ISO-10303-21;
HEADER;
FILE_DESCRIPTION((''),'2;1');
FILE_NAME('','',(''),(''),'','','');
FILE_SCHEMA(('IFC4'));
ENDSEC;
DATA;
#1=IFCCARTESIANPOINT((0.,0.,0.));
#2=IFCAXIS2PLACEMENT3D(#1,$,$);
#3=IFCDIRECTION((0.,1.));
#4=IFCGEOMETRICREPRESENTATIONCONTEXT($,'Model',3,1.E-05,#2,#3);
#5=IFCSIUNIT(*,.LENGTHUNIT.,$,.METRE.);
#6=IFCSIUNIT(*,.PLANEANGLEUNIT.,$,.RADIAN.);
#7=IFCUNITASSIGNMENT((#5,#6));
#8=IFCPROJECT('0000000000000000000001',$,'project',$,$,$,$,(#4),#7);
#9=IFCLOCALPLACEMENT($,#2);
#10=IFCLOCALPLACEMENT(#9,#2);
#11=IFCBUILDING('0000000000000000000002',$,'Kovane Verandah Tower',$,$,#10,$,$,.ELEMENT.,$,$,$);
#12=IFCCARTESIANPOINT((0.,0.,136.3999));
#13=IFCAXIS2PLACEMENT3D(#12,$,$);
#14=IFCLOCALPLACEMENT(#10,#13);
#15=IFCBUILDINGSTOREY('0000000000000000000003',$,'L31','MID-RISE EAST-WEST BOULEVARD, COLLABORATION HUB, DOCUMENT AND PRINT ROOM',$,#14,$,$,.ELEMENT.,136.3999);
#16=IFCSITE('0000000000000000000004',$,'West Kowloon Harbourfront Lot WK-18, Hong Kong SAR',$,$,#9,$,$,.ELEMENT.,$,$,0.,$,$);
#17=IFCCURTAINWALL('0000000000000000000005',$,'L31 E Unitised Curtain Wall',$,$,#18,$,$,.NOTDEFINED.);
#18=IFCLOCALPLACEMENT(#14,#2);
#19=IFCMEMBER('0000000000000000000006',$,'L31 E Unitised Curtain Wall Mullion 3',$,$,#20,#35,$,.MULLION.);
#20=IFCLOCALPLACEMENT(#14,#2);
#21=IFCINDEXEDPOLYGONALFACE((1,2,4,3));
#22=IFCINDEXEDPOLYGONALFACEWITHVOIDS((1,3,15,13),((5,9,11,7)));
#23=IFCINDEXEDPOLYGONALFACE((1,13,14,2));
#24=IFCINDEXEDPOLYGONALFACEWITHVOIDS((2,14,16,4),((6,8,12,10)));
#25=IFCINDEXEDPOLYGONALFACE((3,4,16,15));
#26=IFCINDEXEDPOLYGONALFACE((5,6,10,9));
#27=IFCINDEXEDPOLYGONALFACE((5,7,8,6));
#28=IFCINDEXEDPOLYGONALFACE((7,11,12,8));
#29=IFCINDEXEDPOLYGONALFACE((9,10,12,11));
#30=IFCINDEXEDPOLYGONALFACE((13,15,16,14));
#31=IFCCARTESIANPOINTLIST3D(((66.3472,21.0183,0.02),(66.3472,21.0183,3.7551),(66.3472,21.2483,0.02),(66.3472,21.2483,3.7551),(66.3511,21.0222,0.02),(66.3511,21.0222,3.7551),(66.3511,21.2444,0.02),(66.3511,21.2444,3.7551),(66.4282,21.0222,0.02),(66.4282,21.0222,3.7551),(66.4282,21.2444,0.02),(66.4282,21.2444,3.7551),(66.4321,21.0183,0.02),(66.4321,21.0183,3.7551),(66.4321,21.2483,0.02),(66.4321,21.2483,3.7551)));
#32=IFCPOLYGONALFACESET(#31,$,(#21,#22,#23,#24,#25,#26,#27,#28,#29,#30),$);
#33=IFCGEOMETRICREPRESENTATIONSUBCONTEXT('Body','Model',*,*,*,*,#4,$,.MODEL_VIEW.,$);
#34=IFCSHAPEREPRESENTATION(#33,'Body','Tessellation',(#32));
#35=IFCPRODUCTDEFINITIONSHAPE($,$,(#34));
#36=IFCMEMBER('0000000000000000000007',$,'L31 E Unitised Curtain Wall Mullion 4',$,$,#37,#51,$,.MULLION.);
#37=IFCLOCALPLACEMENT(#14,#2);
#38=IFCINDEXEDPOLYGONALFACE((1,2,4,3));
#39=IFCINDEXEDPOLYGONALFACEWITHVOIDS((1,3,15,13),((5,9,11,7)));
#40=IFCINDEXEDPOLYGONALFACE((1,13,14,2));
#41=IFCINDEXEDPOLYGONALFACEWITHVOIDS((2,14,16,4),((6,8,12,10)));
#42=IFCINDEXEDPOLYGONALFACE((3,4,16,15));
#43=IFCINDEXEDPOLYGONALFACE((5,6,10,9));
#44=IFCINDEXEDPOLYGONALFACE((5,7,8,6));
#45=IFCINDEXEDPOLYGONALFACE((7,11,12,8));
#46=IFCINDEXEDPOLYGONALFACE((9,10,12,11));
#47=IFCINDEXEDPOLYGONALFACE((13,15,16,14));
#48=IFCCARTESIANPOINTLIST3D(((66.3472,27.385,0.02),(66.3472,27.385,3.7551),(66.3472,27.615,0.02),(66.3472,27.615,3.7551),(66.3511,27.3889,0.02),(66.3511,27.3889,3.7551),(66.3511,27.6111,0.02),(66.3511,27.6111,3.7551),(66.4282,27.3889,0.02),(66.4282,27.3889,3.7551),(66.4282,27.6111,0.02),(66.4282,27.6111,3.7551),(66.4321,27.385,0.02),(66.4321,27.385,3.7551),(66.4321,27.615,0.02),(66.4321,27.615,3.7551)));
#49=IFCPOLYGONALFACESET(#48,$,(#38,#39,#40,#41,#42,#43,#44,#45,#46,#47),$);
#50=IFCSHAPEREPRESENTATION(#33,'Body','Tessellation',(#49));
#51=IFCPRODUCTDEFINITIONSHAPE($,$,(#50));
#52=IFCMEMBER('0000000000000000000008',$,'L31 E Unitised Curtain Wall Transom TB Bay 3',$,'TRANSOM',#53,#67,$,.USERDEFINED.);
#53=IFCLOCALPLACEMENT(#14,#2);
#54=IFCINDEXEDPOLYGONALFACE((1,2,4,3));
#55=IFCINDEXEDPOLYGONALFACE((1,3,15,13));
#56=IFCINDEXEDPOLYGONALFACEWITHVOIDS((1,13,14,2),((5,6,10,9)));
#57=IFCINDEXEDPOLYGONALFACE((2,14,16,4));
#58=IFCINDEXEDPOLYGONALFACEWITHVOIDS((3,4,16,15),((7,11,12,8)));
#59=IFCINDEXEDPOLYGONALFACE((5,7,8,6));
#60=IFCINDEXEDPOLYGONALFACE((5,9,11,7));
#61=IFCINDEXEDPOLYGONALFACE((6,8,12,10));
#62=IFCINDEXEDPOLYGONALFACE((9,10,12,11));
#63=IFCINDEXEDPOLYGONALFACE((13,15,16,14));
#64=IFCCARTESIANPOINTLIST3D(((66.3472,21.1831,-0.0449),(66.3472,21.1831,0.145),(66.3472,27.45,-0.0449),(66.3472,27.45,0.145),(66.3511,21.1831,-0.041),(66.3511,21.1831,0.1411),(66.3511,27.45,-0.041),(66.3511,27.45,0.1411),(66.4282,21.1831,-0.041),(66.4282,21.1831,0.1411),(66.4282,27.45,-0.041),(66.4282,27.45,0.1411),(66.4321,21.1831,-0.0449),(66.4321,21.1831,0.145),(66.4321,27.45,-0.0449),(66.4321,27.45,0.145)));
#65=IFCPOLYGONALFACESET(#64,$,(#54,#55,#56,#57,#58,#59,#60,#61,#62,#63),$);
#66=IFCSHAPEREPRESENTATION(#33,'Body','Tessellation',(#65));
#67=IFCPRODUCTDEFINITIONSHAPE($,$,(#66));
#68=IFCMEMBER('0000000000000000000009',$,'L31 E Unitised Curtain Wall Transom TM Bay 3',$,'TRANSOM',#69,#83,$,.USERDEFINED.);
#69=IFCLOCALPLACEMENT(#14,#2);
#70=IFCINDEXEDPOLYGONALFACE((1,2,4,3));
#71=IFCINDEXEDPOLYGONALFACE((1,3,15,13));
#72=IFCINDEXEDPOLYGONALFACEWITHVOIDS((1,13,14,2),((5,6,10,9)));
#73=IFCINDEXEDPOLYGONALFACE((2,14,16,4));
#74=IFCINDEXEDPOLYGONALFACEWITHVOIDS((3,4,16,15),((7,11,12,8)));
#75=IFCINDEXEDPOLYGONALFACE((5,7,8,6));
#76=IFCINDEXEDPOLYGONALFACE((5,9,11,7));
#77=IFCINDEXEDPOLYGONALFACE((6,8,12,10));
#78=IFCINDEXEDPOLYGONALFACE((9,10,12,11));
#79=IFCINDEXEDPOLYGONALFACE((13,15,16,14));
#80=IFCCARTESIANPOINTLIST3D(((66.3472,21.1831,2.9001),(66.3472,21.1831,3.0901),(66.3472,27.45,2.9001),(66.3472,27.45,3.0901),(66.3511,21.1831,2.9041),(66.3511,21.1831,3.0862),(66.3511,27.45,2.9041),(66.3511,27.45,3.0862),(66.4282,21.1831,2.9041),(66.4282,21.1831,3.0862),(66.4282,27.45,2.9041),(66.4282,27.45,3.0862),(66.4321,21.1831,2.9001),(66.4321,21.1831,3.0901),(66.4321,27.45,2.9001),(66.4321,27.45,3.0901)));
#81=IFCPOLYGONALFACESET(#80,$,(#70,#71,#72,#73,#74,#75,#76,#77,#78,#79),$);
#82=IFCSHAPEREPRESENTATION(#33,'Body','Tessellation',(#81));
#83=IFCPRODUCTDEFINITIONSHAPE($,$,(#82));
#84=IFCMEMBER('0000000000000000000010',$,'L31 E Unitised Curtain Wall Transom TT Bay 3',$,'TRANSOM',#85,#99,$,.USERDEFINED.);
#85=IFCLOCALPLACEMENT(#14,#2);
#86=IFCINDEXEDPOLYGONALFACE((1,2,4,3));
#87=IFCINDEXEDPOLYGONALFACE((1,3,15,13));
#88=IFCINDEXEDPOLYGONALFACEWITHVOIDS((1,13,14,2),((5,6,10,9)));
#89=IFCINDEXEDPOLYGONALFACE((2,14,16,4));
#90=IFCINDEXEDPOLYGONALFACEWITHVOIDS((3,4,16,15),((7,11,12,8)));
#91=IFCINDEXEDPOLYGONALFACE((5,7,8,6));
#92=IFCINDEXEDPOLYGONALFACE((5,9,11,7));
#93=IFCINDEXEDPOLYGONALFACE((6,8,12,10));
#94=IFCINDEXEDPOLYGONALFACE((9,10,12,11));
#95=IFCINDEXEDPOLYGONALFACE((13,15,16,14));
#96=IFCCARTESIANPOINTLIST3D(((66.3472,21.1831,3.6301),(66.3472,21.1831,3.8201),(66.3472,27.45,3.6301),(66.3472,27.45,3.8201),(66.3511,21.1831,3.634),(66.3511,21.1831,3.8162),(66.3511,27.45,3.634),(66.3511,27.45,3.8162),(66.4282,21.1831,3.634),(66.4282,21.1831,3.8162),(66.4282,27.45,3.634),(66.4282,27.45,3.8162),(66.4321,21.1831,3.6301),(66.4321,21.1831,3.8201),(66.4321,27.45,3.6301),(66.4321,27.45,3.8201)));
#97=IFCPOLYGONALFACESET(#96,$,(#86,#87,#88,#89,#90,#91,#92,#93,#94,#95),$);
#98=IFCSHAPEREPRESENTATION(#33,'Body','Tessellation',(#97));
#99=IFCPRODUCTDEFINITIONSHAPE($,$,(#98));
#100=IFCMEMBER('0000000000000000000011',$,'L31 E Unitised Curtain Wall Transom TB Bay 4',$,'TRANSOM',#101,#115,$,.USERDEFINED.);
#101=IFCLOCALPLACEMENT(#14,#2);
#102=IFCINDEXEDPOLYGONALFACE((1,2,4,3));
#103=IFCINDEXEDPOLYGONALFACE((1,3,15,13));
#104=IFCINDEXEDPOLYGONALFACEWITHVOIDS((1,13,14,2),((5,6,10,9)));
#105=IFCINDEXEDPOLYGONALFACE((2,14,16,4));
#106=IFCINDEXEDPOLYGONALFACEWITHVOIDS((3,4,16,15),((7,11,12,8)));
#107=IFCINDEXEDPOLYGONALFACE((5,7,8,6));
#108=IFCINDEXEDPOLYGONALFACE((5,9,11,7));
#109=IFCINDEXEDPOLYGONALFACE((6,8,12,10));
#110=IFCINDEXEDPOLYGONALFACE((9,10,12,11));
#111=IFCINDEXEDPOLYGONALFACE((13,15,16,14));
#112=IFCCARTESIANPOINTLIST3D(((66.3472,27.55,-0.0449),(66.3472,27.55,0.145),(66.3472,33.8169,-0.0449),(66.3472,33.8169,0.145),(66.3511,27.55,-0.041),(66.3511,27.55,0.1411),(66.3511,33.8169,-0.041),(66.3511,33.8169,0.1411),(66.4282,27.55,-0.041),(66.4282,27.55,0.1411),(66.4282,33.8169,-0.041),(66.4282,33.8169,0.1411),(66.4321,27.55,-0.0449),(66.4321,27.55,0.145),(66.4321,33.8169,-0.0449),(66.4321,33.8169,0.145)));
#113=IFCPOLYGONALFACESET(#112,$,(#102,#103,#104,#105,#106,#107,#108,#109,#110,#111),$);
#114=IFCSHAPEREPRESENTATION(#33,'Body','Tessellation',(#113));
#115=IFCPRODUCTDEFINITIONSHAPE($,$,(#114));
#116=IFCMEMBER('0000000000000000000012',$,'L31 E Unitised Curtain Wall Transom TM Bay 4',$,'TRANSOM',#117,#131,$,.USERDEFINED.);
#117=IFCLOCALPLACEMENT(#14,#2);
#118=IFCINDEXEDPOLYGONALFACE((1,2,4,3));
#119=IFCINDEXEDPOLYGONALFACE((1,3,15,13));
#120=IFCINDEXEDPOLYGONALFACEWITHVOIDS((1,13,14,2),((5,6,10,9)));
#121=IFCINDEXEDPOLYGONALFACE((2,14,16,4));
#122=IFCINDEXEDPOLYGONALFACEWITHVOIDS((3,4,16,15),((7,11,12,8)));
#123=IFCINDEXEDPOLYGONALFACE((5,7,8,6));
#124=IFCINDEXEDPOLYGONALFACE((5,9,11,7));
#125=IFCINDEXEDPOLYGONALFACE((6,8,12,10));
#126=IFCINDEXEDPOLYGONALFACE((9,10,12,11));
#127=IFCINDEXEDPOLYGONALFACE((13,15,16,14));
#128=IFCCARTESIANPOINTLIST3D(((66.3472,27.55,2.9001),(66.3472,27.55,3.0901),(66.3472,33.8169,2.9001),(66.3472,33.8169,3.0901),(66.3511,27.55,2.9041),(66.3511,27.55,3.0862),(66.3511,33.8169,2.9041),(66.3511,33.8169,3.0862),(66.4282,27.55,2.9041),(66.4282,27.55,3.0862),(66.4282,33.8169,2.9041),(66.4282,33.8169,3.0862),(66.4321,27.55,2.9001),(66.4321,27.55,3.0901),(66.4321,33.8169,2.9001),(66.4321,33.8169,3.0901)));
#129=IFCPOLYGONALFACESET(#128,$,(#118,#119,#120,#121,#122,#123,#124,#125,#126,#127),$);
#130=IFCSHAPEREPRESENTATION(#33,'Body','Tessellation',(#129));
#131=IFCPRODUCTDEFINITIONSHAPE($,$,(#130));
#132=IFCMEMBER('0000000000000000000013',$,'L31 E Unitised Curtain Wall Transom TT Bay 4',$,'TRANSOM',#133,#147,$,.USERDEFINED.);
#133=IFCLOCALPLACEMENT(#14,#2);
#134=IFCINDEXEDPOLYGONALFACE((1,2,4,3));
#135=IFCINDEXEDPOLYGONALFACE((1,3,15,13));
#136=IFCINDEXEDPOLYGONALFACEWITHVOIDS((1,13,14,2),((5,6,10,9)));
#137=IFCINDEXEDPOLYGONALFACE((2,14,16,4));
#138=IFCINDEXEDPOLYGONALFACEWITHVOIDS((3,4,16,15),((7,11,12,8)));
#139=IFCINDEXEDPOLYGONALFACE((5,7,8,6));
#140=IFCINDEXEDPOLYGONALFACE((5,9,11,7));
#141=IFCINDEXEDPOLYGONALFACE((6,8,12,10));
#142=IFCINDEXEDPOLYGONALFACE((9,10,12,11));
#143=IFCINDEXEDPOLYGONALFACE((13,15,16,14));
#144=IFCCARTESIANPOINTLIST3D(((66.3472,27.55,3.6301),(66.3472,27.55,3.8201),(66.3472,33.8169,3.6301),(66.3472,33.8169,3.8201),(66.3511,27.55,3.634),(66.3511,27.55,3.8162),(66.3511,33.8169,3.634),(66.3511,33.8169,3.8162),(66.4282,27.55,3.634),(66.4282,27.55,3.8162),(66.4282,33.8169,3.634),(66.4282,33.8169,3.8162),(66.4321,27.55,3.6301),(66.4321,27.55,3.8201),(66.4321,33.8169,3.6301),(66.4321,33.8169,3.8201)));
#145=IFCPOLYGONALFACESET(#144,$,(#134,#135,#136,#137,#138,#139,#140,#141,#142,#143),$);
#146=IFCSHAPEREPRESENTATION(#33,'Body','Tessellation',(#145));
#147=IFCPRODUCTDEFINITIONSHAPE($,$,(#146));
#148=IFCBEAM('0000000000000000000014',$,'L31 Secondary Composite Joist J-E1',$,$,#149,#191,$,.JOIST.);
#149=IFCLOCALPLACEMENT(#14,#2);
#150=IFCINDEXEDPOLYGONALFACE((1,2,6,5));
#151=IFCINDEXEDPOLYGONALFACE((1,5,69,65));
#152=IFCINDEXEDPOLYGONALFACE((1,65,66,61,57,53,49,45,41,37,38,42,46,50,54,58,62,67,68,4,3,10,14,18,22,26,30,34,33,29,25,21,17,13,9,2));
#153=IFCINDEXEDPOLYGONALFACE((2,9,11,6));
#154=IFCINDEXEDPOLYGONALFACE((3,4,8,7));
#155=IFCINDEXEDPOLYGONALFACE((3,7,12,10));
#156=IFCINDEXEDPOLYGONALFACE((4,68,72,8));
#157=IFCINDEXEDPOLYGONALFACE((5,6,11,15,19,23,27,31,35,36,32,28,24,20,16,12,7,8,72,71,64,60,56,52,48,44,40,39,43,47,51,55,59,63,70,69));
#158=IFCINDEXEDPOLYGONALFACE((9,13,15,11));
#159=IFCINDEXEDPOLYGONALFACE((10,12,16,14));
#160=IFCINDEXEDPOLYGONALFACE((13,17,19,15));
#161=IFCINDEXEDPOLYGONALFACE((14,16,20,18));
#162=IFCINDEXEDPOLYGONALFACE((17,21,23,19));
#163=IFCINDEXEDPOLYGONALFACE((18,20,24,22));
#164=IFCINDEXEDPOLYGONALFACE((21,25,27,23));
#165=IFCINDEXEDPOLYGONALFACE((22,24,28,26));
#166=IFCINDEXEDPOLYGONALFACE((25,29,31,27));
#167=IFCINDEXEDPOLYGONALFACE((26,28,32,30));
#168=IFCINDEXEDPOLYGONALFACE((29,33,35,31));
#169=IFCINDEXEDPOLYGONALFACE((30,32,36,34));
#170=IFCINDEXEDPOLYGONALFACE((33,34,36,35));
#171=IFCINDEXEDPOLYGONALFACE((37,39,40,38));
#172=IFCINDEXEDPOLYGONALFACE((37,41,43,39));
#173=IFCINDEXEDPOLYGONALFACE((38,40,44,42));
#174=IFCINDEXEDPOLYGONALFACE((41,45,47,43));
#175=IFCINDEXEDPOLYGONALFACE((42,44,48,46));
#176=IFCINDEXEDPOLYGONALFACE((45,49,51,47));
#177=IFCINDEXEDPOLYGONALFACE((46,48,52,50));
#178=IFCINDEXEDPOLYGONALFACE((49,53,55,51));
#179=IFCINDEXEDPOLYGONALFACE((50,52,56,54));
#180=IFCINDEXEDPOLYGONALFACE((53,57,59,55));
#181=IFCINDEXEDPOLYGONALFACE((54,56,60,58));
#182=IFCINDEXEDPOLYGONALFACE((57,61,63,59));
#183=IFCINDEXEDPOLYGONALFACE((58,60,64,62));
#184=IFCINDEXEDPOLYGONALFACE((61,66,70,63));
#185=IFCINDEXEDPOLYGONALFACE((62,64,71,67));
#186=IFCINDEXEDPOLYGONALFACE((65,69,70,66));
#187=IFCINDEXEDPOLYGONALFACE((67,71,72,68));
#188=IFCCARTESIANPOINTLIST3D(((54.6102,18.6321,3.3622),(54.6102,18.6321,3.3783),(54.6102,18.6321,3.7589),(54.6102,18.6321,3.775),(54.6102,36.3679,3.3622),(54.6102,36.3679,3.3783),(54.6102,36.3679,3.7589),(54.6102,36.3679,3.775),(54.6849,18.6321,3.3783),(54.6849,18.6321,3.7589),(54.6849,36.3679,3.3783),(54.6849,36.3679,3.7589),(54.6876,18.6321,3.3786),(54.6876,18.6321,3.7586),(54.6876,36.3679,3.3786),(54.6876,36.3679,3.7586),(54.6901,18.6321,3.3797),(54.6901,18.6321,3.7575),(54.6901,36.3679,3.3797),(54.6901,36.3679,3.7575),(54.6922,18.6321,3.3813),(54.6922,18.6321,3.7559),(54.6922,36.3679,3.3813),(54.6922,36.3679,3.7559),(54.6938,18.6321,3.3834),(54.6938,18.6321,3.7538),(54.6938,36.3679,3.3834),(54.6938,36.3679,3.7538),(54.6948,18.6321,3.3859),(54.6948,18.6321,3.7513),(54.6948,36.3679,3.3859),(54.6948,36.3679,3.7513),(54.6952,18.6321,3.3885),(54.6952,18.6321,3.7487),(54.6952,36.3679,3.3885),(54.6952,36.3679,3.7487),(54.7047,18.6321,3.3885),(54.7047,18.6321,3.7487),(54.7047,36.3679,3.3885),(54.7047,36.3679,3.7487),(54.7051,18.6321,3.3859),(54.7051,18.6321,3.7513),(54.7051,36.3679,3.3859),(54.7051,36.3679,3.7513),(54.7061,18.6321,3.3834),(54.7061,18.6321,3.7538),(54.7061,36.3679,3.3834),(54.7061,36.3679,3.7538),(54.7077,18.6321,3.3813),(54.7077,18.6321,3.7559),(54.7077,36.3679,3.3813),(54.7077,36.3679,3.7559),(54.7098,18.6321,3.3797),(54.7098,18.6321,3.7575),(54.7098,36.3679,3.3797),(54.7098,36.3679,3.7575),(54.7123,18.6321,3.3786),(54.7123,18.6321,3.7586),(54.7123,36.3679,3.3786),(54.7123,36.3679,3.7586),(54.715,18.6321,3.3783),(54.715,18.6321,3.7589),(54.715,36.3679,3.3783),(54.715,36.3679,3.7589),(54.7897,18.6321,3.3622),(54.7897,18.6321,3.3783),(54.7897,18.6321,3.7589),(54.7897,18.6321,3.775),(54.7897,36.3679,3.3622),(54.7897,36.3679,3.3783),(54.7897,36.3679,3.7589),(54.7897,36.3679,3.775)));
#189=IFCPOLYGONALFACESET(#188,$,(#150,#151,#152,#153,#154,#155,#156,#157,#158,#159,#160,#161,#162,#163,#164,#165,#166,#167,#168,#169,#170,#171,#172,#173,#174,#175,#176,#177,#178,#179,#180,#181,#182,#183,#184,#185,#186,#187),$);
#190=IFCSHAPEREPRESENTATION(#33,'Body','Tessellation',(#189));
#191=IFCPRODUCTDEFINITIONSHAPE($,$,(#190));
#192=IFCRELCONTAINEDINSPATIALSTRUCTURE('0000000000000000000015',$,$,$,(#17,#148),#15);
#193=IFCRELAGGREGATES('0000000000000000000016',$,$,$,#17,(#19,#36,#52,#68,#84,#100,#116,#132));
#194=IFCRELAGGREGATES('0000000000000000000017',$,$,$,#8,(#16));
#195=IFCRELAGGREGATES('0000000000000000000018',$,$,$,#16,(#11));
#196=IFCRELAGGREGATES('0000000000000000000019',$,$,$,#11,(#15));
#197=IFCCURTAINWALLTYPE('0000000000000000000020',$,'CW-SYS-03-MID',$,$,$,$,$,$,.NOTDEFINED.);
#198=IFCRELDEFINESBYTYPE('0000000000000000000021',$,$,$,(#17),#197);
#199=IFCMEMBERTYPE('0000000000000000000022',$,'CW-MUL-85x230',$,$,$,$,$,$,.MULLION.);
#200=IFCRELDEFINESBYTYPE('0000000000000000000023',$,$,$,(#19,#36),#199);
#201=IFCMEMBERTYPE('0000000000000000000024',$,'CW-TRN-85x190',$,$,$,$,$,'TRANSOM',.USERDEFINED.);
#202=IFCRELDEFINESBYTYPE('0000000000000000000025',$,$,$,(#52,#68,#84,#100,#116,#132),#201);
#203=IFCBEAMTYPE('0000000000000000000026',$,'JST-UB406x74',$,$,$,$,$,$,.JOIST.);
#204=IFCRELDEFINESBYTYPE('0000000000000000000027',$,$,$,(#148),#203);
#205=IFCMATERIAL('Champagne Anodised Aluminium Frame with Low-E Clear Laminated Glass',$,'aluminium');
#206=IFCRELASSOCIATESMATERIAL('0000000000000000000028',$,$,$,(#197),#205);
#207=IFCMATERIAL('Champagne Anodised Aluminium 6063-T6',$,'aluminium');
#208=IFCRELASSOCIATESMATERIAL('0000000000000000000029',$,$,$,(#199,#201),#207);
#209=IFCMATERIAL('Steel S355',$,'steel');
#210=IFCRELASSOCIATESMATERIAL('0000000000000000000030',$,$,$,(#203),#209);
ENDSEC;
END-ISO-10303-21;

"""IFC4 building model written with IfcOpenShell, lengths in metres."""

from ifc_helpers import new_model, si_unit, direction, frame, origin, origin_2d, place, context, subcontext, project, spatial, hollow_rectangle, i_section, extrude, material, material_profile, profile_set, type_object, element, aggregate, save


model = new_model("IFC4")

# Units and contexts
model_context = context("Model", 3, precision=1e-05, world=origin(), true_north=direction((0.0, 1.0)))
body_context = subcontext(model_context, "Body", "Model", "MODEL_VIEW")
ifc_project = project(units=[si_unit("LENGTHUNIT", "METRE"), si_unit("PLANEANGLEUNIT", "RADIAN")], contexts=[model_context])

# Site, building, storey
site_placement = place(None, origin())
site = spatial("IfcSite", under=ifc_project, at=site_placement, Name="West Kowloon Harbourfront Lot WK-18, Hong Kong SAR", CompositionType="ELEMENT", RefElevation=0.0)
building_placement = place(site_placement, origin())
building = spatial("IfcBuilding", under=site, at=building_placement, Name="Kovane Verandah Tower", CompositionType="ELEMENT")
storey_placement = place(building_placement, frame((0.0, 0.0, 136.3999)))
storey = spatial("IfcBuildingStorey", under=building, at=storey_placement, Name="L31", Description="MID-RISE EAST-WEST BOULEVARD, COLLABORATION HUB, DOCUMENT AND PRINT ROOM", CompositionType="ELEMENT", Elevation=136.3999)

# Shared definitions
ifc_material_1 = material(Name="Steel S355", Category="steel")

# Curtain wall, members
ifc_material_2 = material(Name="Champagne Anodised Aluminium Frame with Low-E Clear Laminated Glass", Category="aluminium")
curtain_wall_type = type_object("IfcCurtainWallType", Name="CW-SYS-03-MID", PredefinedType="NOTDEFINED", material=ifc_material_2)
curtain_wall_placement = place(storey_placement, origin())
curtain_wall = element("IfcCurtainWall", 1, at=curtain_wall_placement, inside=storey, type_object=curtain_wall_type, Name="L31 E Unitised Curtain Wall", PredefinedType="NOTDEFINED")
ifc_material_3 = material(Name="Champagne Anodised Aluminium 6063-T6", Category="aluminium")
ifc_material_profile_1 = material_profile(ifc_material_3, hollow_rectangle(XDim=0.085, YDim=0.23, WallThickness=0.0039, at=origin_2d()), Name="AL85x230x4")
ifc_profile_set_1 = profile_set([ifc_material_profile_1], Name="Champagne Anodised Aluminium 6063-T6")
member_type_1 = type_object("IfcMemberType", Name="CW-MUL-85x230", PredefinedType="MULLION", material=ifc_profile_set_1)
member_1_placement = place(storey_placement, frame((66.3896, 21.1333, 0.02), z_axis=(0.0, 0.0, 1.0), x_axis=(1.0, 0.0, 0.0)))
member_1 = element("IfcMember", 2, at=member_1_placement, type_object=member_type_1, Name="L31 E Unitised Curtain Wall Mullion 3", PredefinedType="MULLION", context=body_context, shape_type="SweptSolid", body=[
    extrude(hollow_rectangle(XDim=0.085, YDim=0.23, WallThickness=0.0039, at=origin_2d()), origin(), (0.0, 0.0, 1.0), 3.7351),
])
member_2_placement = place(storey_placement, frame((66.3896, 27.5, 0.02), z_axis=(0.0, 0.0, 1.0), x_axis=(1.0, 0.0, 0.0)))
member_2 = element("IfcMember", 3, at=member_2_placement, type_object=member_type_1, Name="L31 E Unitised Curtain Wall Mullion 4", PredefinedType="MULLION", context=body_context, shape_type="SweptSolid", body=[
    extrude(hollow_rectangle(XDim=0.085, YDim=0.23, WallThickness=0.0039, at=origin_2d()), origin(), (0.0, 0.0, 1.0), 3.7351),
])
ifc_material_profile_2 = material_profile(ifc_material_3, hollow_rectangle(XDim=0.085, YDim=0.1899, WallThickness=0.0039, at=origin_2d()), Name="AL85x190x4")
ifc_profile_set_2 = profile_set([ifc_material_profile_2], Name="Champagne Anodised Aluminium 6063-T6")
member_type_2 = type_object("IfcMemberType", Name="CW-TRN-85x190", ElementType="TRANSOM", PredefinedType="USERDEFINED", material=ifc_profile_set_2)
member_3_placement = place(storey_placement, frame((66.3896, 21.1831, 0.05), z_axis=(0.0, 1.0, 0.0), x_axis=(-1.0, 0.0, 0.0)))
member_3 = element("IfcMember", 4, at=member_3_placement, type_object=member_type_2, Name="L31 E Unitised Curtain Wall Transom TB Bay 3", ObjectType="TRANSOM", PredefinedType="USERDEFINED", context=body_context, shape_type="SweptSolid", body=[
    extrude(hollow_rectangle(XDim=0.085, YDim=0.1899, WallThickness=0.0039, at=origin_2d()), origin(), (0.0, 0.0, 1.0), 6.2668),
])
member_4_placement = place(storey_placement, frame((66.3896, 21.1831, 2.9951), z_axis=(0.0, 1.0, 0.0), x_axis=(-1.0, 0.0, 0.0)))
member_4 = element("IfcMember", 5, at=member_4_placement, type_object=member_type_2, Name="L31 E Unitised Curtain Wall Transom TM Bay 3", ObjectType="TRANSOM", PredefinedType="USERDEFINED", context=body_context, shape_type="SweptSolid", body=[
    extrude(hollow_rectangle(XDim=0.085, YDim=0.1899, WallThickness=0.0039, at=origin_2d()), origin(), (0.0, 0.0, 1.0), 6.2668),
])
member_5_placement = place(storey_placement, frame((66.3896, 21.1831, 3.7251), z_axis=(0.0, 1.0, 0.0), x_axis=(-1.0, 0.0, 0.0)))
member_5 = element("IfcMember", 6, at=member_5_placement, type_object=member_type_2, Name="L31 E Unitised Curtain Wall Transom TT Bay 3", ObjectType="TRANSOM", PredefinedType="USERDEFINED", context=body_context, shape_type="SweptSolid", body=[
    extrude(hollow_rectangle(XDim=0.085, YDim=0.1899, WallThickness=0.0039, at=origin_2d()), origin(), (0.0, 0.0, 1.0), 6.2668),
])
member_6_placement = place(storey_placement, frame((66.3896, 27.55, 0.05), z_axis=(0.0, 1.0, 0.0), x_axis=(-1.0, 0.0, 0.0)))
member_6 = element("IfcMember", 7, at=member_6_placement, type_object=member_type_2, Name="L31 E Unitised Curtain Wall Transom TB Bay 4", ObjectType="TRANSOM", PredefinedType="USERDEFINED", context=body_context, shape_type="SweptSolid", body=[
    extrude(hollow_rectangle(XDim=0.085, YDim=0.1899, WallThickness=0.0039, at=origin_2d()), origin(), (0.0, 0.0, 1.0), 6.2668),
])
member_7_placement = place(storey_placement, frame((66.3896, 27.55, 2.9951), z_axis=(0.0, 1.0, 0.0), x_axis=(-1.0, 0.0, 0.0)))
member_7 = element("IfcMember", 8, at=member_7_placement, type_object=member_type_2, Name="L31 E Unitised Curtain Wall Transom TM Bay 4", ObjectType="TRANSOM", PredefinedType="USERDEFINED", context=body_context, shape_type="SweptSolid", body=[
    extrude(hollow_rectangle(XDim=0.085, YDim=0.1899, WallThickness=0.0039, at=origin_2d()), origin(), (0.0, 0.0, 1.0), 6.2668),
])
member_8_placement = place(storey_placement, frame((66.3896, 27.55, 3.7251), z_axis=(0.0, 1.0, 0.0), x_axis=(-1.0, 0.0, 0.0)))
member_8 = element("IfcMember", 9, at=member_8_placement, type_object=member_type_2, Name="L31 E Unitised Curtain Wall Transom TT Bay 4", ObjectType="TRANSOM", PredefinedType="USERDEFINED", context=body_context, shape_type="SweptSolid", body=[
    extrude(hollow_rectangle(XDim=0.085, YDim=0.1899, WallThickness=0.0039, at=origin_2d()), origin(), (0.0, 0.0, 1.0), 6.2668),
])

# Beam
ifc_material_profile_3 = material_profile(ifc_material_1, i_section(OverallWidth=0.1794, OverallDepth=0.4128, WebThickness=0.0095, FlangeThickness=0.0161, FilletRadius=0.0103, at=origin_2d()), Name="UB406x178x74")
ifc_profile_set_3 = profile_set([ifc_material_profile_3], Name="Steel S355")
beam_type_1 = type_object("IfcBeamType", Name="JST-UB406x74", PredefinedType="JOIST", material=ifc_profile_set_3)
beam_1_placement = place(storey_placement, frame((54.7, 18.6321, 3.5686), z_axis=(0.0, 1.0, 0.0), x_axis=(-1.0, 0.0, 0.0)))
element("IfcBeam", 10, at=beam_1_placement, inside=storey, type_object=beam_type_1, Name="L31 Secondary Composite Joist J-E1", PredefinedType="JOIST", context=body_context, shape_type="SweptSolid", body=[
    extrude(i_section(OverallWidth=0.1794, OverallDepth=0.4128, WebThickness=0.0095, FlangeThickness=0.0161, FilletRadius=0.0103, at=origin_2d()), origin(), (0.0, 0.0, 1.0), 17.7358),
])

aggregate(curtain_wall, [member_1, member_2, member_3, member_4, member_5, member_6, member_7, member_8])

save(model, "model.ifc")
